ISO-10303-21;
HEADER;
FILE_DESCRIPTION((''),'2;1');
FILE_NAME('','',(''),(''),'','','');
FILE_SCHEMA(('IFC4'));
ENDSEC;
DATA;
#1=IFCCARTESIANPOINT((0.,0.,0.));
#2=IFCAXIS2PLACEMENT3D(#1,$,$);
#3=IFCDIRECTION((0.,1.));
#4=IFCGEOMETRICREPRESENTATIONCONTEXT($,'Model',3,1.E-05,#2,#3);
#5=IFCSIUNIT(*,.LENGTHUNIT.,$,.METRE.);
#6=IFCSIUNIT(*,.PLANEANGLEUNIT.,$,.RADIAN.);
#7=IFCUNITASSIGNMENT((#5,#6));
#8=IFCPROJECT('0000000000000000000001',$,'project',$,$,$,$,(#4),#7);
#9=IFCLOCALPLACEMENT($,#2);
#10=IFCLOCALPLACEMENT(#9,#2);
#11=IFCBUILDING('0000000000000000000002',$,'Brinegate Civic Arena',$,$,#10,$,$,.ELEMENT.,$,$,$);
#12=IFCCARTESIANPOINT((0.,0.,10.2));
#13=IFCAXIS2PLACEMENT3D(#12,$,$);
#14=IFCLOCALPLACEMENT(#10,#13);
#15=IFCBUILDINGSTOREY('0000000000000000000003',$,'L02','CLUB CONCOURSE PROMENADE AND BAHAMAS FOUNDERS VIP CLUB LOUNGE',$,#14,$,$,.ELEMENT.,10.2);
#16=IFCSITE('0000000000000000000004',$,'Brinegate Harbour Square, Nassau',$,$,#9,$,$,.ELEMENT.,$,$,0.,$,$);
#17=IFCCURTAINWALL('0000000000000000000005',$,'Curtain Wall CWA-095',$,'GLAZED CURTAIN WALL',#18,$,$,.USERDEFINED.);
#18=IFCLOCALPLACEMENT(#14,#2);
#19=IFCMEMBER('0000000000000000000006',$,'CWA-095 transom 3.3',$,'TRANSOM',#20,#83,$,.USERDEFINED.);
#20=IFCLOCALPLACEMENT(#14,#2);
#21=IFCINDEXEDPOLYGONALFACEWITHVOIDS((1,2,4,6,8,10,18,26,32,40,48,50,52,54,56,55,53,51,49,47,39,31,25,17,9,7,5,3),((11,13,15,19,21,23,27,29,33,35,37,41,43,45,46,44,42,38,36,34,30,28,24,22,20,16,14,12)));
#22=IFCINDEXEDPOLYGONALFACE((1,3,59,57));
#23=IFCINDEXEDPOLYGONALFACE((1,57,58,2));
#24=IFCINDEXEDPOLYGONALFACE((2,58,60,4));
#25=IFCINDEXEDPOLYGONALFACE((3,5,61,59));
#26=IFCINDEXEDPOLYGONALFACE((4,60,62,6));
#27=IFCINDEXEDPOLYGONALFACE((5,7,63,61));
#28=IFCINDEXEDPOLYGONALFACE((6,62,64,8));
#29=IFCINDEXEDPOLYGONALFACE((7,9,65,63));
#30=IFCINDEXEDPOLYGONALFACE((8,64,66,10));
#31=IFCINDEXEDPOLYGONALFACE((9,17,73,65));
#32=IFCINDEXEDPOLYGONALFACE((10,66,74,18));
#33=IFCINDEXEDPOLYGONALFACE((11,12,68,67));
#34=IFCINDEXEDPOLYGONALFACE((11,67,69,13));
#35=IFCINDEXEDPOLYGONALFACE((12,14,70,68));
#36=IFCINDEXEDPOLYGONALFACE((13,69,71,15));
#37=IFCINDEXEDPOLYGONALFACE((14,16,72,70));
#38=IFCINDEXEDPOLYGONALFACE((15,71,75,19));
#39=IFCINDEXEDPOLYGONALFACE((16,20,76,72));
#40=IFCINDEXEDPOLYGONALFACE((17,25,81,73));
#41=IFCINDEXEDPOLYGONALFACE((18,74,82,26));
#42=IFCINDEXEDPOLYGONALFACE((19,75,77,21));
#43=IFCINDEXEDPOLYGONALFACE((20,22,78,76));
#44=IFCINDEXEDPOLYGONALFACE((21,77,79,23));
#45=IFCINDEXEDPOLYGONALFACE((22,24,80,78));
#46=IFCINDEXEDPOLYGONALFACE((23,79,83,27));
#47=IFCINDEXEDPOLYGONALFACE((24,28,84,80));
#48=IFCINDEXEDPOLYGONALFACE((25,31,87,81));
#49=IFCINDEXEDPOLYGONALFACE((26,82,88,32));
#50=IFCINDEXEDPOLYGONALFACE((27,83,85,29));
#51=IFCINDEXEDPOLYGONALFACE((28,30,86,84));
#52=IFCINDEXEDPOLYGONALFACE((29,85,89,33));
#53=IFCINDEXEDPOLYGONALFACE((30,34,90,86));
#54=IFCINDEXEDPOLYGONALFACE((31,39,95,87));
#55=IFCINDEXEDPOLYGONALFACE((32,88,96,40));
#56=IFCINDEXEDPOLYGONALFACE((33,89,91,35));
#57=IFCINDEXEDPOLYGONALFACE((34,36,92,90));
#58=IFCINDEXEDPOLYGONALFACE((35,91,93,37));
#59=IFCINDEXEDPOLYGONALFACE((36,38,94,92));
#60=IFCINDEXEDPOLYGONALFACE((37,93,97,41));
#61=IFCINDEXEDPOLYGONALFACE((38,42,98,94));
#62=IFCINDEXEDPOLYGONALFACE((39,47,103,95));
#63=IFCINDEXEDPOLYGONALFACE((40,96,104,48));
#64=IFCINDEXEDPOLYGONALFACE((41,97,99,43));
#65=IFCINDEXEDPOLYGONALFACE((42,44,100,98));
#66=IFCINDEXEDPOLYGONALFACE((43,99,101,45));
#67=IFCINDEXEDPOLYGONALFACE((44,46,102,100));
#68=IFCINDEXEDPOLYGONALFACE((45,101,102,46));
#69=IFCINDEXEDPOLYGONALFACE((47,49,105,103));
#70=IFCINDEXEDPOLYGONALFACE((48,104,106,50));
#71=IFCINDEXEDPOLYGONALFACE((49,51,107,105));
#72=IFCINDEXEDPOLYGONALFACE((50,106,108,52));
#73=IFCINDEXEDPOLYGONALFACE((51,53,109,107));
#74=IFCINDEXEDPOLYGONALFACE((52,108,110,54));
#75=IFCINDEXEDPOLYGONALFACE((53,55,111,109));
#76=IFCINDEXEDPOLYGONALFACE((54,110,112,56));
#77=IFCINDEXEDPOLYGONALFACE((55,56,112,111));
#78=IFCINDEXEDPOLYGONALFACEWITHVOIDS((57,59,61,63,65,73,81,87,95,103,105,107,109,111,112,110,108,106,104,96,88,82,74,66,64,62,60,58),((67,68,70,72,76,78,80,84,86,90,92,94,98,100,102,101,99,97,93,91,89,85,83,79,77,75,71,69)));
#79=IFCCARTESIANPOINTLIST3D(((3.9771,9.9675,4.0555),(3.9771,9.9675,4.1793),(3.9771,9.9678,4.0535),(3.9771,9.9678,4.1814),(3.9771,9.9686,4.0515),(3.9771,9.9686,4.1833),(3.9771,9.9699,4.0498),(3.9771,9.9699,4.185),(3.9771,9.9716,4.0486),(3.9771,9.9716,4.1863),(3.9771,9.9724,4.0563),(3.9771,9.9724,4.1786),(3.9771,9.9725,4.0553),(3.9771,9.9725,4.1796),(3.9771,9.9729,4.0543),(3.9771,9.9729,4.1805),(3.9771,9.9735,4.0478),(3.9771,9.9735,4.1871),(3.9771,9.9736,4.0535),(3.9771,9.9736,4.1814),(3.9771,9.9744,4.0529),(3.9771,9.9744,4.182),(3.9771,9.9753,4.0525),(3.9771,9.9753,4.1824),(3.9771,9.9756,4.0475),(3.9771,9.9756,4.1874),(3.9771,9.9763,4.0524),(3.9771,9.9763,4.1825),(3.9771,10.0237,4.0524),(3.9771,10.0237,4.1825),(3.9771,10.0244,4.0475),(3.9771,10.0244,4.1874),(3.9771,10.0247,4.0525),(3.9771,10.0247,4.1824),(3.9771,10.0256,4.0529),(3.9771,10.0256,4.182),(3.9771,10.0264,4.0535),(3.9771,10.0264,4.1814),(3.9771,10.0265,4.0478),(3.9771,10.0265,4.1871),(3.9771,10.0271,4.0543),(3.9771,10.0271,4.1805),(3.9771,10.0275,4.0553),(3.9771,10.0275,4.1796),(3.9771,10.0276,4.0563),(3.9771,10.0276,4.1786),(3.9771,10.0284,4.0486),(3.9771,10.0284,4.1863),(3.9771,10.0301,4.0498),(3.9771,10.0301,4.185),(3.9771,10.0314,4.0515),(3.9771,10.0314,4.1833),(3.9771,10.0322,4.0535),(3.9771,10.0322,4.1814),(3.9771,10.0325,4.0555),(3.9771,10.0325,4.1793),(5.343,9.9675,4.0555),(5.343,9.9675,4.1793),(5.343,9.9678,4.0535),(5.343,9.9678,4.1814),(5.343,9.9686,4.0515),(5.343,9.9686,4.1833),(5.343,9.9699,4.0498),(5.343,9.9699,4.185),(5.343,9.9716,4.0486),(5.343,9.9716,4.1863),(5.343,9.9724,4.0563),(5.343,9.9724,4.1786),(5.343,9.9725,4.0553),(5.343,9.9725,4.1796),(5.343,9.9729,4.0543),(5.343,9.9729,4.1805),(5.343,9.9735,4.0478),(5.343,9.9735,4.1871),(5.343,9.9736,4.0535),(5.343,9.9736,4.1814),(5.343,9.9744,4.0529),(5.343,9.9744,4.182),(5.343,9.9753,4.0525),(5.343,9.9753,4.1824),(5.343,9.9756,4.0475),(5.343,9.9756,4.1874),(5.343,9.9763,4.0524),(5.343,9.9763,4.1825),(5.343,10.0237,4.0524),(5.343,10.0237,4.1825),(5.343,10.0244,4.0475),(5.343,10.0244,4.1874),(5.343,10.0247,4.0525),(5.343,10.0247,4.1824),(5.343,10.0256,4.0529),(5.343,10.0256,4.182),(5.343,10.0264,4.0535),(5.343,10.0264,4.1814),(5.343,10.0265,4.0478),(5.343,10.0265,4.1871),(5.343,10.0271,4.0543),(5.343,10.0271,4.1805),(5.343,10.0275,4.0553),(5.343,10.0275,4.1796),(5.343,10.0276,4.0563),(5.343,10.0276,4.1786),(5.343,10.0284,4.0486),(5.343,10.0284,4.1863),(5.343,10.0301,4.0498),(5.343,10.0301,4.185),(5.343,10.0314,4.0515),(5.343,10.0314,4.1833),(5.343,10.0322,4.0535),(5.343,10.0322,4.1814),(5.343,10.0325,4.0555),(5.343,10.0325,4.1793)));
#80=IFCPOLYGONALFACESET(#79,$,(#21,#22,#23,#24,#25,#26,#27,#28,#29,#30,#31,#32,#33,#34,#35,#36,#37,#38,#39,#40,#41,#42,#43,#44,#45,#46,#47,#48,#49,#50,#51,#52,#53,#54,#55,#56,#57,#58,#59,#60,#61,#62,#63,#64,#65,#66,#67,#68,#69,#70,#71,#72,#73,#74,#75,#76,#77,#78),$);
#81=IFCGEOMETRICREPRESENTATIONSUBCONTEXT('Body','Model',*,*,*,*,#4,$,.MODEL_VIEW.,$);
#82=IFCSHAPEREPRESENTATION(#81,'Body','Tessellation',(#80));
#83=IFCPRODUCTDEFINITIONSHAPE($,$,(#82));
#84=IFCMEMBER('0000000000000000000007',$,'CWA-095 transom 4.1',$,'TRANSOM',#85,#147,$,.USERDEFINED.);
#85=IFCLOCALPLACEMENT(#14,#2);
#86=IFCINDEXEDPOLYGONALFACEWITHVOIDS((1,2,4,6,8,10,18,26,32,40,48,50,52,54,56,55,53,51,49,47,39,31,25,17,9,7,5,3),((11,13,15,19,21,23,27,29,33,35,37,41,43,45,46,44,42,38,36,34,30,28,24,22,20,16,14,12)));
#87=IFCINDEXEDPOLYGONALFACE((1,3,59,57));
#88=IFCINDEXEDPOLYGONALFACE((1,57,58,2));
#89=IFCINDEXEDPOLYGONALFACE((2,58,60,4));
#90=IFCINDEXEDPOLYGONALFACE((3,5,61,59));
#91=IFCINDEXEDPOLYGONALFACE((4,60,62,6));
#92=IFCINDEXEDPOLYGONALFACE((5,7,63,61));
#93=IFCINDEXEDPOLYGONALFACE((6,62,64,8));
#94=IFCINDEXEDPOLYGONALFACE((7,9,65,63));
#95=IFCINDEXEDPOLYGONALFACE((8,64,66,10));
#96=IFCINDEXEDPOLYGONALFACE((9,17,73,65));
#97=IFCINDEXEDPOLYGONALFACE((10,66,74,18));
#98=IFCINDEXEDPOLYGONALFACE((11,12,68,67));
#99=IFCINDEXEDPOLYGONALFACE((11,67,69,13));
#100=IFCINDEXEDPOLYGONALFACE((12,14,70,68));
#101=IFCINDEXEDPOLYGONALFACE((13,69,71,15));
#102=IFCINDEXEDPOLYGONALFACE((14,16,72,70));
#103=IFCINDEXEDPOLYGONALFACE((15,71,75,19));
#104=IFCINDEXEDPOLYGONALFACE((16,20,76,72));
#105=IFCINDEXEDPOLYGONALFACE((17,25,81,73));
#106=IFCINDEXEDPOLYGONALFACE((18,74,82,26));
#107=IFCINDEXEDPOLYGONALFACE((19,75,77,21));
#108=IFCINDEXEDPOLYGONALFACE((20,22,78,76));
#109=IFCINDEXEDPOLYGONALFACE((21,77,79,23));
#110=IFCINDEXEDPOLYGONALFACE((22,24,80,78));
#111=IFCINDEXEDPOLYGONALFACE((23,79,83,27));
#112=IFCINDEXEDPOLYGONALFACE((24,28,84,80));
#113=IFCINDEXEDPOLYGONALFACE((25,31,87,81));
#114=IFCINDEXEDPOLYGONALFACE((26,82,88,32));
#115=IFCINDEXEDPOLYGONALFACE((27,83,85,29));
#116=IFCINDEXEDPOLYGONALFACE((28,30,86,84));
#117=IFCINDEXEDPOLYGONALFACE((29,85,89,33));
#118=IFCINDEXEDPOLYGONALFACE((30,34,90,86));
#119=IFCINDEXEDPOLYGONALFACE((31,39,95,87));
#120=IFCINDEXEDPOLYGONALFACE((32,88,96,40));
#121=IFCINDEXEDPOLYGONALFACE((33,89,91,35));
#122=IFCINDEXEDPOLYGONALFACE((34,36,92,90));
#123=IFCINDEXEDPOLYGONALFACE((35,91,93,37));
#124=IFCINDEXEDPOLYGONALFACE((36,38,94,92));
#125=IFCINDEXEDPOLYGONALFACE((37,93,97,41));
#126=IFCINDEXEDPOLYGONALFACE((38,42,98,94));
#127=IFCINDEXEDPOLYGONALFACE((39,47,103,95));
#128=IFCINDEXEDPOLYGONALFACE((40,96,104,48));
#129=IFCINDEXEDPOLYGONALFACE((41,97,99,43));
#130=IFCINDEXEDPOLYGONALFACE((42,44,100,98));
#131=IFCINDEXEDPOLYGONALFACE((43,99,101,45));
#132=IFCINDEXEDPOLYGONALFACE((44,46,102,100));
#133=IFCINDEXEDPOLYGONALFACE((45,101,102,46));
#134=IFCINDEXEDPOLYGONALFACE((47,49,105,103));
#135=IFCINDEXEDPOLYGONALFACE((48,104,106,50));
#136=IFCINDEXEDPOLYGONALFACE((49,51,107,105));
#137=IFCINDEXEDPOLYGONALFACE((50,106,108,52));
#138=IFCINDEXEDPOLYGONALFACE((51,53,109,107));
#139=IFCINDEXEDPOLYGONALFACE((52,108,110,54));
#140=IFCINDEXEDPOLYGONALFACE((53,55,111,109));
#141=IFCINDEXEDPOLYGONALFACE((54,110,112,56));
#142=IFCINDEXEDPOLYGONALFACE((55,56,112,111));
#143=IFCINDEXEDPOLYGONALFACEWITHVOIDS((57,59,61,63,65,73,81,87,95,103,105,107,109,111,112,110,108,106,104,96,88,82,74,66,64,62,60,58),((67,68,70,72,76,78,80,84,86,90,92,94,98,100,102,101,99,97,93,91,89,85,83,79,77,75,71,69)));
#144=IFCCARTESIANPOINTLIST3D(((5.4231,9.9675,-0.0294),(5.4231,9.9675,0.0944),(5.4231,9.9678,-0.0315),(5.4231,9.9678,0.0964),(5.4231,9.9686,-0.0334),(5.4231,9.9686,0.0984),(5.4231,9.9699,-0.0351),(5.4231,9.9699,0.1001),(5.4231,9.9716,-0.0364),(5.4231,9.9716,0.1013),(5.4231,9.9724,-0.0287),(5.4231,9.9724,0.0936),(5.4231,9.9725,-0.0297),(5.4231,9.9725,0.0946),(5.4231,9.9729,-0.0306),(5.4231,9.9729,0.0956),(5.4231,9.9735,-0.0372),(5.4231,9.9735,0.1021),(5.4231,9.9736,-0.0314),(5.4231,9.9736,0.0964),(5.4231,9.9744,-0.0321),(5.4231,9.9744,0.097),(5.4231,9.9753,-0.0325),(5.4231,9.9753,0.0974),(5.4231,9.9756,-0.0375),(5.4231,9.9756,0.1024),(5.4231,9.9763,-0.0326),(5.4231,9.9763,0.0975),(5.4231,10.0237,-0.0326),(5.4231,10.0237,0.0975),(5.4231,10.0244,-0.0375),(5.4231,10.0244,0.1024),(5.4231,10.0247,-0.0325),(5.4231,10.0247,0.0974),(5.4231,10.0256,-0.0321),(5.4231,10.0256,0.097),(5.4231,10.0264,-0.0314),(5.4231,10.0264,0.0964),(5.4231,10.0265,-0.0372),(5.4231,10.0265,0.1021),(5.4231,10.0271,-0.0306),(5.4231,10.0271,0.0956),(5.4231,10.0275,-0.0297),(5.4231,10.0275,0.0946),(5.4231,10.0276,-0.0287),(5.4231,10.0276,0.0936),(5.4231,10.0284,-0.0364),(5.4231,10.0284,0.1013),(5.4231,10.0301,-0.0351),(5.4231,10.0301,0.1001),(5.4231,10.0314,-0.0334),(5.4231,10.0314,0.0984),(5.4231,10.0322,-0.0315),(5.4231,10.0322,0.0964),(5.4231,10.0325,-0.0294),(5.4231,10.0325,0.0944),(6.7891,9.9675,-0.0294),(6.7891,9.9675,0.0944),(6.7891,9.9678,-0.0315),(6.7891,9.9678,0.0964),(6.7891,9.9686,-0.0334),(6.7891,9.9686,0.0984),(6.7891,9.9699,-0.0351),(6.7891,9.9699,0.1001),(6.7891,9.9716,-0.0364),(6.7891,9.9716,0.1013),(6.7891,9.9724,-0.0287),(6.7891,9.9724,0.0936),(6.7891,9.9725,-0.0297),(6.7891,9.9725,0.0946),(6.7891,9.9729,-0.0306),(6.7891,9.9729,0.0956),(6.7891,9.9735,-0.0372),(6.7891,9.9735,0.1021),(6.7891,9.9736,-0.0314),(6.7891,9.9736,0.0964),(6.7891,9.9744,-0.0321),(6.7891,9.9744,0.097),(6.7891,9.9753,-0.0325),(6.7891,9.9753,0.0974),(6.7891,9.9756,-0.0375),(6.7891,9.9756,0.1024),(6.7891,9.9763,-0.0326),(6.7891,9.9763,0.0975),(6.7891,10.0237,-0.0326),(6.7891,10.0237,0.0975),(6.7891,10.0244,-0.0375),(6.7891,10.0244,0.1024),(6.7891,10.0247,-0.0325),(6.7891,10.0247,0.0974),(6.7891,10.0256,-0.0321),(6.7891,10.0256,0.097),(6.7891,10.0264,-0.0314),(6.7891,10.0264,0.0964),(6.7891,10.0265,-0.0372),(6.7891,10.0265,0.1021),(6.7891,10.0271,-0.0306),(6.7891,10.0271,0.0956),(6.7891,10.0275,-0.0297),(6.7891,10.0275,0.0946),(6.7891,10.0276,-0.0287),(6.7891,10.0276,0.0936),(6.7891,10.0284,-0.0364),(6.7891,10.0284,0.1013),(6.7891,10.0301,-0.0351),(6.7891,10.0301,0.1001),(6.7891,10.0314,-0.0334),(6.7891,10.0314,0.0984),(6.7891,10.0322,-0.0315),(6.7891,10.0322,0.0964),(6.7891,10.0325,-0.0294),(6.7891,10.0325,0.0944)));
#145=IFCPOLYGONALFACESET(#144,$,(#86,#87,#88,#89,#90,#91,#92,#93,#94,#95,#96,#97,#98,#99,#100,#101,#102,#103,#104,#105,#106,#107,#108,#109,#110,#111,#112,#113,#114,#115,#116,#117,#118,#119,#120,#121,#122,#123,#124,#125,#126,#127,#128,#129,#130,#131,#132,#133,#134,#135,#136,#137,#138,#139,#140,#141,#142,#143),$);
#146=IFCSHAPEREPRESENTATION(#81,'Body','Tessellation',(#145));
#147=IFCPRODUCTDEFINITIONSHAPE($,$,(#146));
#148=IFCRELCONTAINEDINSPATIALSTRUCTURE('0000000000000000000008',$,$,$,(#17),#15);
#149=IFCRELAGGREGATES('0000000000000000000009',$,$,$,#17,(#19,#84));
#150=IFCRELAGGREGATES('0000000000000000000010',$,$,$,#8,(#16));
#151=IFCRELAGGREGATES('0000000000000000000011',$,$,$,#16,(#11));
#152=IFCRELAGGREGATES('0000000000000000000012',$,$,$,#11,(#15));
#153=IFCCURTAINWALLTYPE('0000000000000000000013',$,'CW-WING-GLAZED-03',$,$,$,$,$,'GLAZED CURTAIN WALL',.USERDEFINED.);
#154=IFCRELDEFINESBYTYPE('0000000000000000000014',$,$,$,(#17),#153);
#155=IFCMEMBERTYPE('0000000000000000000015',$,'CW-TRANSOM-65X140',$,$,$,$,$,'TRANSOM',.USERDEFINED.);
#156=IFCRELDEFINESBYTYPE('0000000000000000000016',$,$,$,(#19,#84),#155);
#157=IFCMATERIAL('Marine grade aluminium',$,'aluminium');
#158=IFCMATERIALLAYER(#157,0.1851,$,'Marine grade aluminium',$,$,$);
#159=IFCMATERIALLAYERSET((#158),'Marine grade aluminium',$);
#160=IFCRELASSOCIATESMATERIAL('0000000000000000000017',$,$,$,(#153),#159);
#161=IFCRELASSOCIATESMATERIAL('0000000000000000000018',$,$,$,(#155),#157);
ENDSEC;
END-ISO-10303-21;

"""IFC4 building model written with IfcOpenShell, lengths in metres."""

from ifc_helpers import new_model, si_unit, direction, frame, origin, origin_2d, place, context, subcontext, project, spatial, hollow_rectangle, extrude, material, layer, layer_set, material_profile, profile_set, type_object, element, aggregate, save


model = new_model("IFC4")

# Units and contexts
model_context = context("Model", 3, precision=1e-05, world=origin(), true_north=direction((0.0, 1.0)))
body_context = subcontext(model_context, "Body", "Model", "MODEL_VIEW")
ifc_project = project(units=[si_unit("LENGTHUNIT", "METRE"), si_unit("PLANEANGLEUNIT", "RADIAN")], contexts=[model_context])

# Site, building, storey
site_placement = place(None, origin())
site = spatial("IfcSite", under=ifc_project, at=site_placement, Name="Brinegate Harbour Square, Nassau", CompositionType="ELEMENT", RefElevation=0.0)
building_placement = place(site_placement, origin())
building = spatial("IfcBuilding", under=site, at=building_placement, Name="Brinegate Civic Arena", CompositionType="ELEMENT")
storey_placement = place(building_placement, frame((0.0, 0.0, 10.2)))
storey = spatial("IfcBuildingStorey", under=building, at=storey_placement, Name="L02", Description="CLUB CONCOURSE PROMENADE AND BAHAMAS FOUNDERS VIP CLUB LOUNGE", CompositionType="ELEMENT", Elevation=10.2)

# Curtain wall, members
ifc_material_1 = material(Name="Marine grade aluminium", Category="aluminium")
ifc_layer_1 = layer(ifc_material_1, 0.1851, Name="Marine grade aluminium")
ifc_layer_set_1 = layer_set([ifc_layer_1], Name="Marine grade aluminium")
curtain_wall_type = type_object("IfcCurtainWallType", Name="CW-WING-GLAZED-03", ElementType="GLAZED CURTAIN WALL", PredefinedType="USERDEFINED", material=ifc_layer_set_1)
curtain_wall_placement = place(storey_placement, origin())
curtain_wall = element("IfcCurtainWall", 1, at=curtain_wall_placement, inside=storey, type_object=curtain_wall_type, Name="Curtain Wall CWA-095", ObjectType="GLAZED CURTAIN WALL", PredefinedType="USERDEFINED")
ifc_material_profile_1 = material_profile(ifc_material_1, hollow_rectangle(XDim=0.0649, YDim=0.1399, WallThickness=0.0049, InnerFilletRadius=0.0039, OuterFilletRadius=0.0081, at=origin_2d()), Name="TRN65X140")
ifc_profile_set_1 = profile_set([ifc_material_profile_1], Name="Marine grade aluminium")
member_type_1 = type_object("IfcMemberType", Name="CW-TRANSOM-65X140", ElementType="TRANSOM", PredefinedType="USERDEFINED", material=ifc_profile_set_1)
member_1_placement = place(storey_placement, frame((3.9771, 10.0, 4.1174), z_axis=(1.0, 0.0, 0.0), x_axis=(0.0, 1.0, 0.0)))
member_1 = element("IfcMember", 2, at=member_1_placement, type_object=member_type_1, Name="CWA-095 transom 3.3", ObjectType="TRANSOM", PredefinedType="USERDEFINED", context=body_context, shape_type="SweptSolid", body=[
    extrude(hollow_rectangle(XDim=0.0649, YDim=0.1399, WallThickness=0.0049, InnerFilletRadius=0.0039, OuterFilletRadius=0.0081, at=origin_2d()), origin(), (0.0, 0.0, 1.0), 1.366),
])
member_2_placement = place(storey_placement, frame((5.4231, 10.0, 0.0325), z_axis=(1.0, 0.0, 0.0), x_axis=(0.0, 1.0, 0.0)))
member_2 = element("IfcMember", 3, at=member_2_placement, type_object=member_type_1, Name="CWA-095 transom 4.1", ObjectType="TRANSOM", PredefinedType="USERDEFINED", context=body_context, shape_type="SweptSolid", body=[
    extrude(hollow_rectangle(XDim=0.0649, YDim=0.1399, WallThickness=0.0049, InnerFilletRadius=0.0039, OuterFilletRadius=0.0081, at=origin_2d()), origin(), (0.0, 0.0, 1.0), 1.366),
])
aggregate(curtain_wall, [member_1, member_2])

save(model, "model.ifc")
